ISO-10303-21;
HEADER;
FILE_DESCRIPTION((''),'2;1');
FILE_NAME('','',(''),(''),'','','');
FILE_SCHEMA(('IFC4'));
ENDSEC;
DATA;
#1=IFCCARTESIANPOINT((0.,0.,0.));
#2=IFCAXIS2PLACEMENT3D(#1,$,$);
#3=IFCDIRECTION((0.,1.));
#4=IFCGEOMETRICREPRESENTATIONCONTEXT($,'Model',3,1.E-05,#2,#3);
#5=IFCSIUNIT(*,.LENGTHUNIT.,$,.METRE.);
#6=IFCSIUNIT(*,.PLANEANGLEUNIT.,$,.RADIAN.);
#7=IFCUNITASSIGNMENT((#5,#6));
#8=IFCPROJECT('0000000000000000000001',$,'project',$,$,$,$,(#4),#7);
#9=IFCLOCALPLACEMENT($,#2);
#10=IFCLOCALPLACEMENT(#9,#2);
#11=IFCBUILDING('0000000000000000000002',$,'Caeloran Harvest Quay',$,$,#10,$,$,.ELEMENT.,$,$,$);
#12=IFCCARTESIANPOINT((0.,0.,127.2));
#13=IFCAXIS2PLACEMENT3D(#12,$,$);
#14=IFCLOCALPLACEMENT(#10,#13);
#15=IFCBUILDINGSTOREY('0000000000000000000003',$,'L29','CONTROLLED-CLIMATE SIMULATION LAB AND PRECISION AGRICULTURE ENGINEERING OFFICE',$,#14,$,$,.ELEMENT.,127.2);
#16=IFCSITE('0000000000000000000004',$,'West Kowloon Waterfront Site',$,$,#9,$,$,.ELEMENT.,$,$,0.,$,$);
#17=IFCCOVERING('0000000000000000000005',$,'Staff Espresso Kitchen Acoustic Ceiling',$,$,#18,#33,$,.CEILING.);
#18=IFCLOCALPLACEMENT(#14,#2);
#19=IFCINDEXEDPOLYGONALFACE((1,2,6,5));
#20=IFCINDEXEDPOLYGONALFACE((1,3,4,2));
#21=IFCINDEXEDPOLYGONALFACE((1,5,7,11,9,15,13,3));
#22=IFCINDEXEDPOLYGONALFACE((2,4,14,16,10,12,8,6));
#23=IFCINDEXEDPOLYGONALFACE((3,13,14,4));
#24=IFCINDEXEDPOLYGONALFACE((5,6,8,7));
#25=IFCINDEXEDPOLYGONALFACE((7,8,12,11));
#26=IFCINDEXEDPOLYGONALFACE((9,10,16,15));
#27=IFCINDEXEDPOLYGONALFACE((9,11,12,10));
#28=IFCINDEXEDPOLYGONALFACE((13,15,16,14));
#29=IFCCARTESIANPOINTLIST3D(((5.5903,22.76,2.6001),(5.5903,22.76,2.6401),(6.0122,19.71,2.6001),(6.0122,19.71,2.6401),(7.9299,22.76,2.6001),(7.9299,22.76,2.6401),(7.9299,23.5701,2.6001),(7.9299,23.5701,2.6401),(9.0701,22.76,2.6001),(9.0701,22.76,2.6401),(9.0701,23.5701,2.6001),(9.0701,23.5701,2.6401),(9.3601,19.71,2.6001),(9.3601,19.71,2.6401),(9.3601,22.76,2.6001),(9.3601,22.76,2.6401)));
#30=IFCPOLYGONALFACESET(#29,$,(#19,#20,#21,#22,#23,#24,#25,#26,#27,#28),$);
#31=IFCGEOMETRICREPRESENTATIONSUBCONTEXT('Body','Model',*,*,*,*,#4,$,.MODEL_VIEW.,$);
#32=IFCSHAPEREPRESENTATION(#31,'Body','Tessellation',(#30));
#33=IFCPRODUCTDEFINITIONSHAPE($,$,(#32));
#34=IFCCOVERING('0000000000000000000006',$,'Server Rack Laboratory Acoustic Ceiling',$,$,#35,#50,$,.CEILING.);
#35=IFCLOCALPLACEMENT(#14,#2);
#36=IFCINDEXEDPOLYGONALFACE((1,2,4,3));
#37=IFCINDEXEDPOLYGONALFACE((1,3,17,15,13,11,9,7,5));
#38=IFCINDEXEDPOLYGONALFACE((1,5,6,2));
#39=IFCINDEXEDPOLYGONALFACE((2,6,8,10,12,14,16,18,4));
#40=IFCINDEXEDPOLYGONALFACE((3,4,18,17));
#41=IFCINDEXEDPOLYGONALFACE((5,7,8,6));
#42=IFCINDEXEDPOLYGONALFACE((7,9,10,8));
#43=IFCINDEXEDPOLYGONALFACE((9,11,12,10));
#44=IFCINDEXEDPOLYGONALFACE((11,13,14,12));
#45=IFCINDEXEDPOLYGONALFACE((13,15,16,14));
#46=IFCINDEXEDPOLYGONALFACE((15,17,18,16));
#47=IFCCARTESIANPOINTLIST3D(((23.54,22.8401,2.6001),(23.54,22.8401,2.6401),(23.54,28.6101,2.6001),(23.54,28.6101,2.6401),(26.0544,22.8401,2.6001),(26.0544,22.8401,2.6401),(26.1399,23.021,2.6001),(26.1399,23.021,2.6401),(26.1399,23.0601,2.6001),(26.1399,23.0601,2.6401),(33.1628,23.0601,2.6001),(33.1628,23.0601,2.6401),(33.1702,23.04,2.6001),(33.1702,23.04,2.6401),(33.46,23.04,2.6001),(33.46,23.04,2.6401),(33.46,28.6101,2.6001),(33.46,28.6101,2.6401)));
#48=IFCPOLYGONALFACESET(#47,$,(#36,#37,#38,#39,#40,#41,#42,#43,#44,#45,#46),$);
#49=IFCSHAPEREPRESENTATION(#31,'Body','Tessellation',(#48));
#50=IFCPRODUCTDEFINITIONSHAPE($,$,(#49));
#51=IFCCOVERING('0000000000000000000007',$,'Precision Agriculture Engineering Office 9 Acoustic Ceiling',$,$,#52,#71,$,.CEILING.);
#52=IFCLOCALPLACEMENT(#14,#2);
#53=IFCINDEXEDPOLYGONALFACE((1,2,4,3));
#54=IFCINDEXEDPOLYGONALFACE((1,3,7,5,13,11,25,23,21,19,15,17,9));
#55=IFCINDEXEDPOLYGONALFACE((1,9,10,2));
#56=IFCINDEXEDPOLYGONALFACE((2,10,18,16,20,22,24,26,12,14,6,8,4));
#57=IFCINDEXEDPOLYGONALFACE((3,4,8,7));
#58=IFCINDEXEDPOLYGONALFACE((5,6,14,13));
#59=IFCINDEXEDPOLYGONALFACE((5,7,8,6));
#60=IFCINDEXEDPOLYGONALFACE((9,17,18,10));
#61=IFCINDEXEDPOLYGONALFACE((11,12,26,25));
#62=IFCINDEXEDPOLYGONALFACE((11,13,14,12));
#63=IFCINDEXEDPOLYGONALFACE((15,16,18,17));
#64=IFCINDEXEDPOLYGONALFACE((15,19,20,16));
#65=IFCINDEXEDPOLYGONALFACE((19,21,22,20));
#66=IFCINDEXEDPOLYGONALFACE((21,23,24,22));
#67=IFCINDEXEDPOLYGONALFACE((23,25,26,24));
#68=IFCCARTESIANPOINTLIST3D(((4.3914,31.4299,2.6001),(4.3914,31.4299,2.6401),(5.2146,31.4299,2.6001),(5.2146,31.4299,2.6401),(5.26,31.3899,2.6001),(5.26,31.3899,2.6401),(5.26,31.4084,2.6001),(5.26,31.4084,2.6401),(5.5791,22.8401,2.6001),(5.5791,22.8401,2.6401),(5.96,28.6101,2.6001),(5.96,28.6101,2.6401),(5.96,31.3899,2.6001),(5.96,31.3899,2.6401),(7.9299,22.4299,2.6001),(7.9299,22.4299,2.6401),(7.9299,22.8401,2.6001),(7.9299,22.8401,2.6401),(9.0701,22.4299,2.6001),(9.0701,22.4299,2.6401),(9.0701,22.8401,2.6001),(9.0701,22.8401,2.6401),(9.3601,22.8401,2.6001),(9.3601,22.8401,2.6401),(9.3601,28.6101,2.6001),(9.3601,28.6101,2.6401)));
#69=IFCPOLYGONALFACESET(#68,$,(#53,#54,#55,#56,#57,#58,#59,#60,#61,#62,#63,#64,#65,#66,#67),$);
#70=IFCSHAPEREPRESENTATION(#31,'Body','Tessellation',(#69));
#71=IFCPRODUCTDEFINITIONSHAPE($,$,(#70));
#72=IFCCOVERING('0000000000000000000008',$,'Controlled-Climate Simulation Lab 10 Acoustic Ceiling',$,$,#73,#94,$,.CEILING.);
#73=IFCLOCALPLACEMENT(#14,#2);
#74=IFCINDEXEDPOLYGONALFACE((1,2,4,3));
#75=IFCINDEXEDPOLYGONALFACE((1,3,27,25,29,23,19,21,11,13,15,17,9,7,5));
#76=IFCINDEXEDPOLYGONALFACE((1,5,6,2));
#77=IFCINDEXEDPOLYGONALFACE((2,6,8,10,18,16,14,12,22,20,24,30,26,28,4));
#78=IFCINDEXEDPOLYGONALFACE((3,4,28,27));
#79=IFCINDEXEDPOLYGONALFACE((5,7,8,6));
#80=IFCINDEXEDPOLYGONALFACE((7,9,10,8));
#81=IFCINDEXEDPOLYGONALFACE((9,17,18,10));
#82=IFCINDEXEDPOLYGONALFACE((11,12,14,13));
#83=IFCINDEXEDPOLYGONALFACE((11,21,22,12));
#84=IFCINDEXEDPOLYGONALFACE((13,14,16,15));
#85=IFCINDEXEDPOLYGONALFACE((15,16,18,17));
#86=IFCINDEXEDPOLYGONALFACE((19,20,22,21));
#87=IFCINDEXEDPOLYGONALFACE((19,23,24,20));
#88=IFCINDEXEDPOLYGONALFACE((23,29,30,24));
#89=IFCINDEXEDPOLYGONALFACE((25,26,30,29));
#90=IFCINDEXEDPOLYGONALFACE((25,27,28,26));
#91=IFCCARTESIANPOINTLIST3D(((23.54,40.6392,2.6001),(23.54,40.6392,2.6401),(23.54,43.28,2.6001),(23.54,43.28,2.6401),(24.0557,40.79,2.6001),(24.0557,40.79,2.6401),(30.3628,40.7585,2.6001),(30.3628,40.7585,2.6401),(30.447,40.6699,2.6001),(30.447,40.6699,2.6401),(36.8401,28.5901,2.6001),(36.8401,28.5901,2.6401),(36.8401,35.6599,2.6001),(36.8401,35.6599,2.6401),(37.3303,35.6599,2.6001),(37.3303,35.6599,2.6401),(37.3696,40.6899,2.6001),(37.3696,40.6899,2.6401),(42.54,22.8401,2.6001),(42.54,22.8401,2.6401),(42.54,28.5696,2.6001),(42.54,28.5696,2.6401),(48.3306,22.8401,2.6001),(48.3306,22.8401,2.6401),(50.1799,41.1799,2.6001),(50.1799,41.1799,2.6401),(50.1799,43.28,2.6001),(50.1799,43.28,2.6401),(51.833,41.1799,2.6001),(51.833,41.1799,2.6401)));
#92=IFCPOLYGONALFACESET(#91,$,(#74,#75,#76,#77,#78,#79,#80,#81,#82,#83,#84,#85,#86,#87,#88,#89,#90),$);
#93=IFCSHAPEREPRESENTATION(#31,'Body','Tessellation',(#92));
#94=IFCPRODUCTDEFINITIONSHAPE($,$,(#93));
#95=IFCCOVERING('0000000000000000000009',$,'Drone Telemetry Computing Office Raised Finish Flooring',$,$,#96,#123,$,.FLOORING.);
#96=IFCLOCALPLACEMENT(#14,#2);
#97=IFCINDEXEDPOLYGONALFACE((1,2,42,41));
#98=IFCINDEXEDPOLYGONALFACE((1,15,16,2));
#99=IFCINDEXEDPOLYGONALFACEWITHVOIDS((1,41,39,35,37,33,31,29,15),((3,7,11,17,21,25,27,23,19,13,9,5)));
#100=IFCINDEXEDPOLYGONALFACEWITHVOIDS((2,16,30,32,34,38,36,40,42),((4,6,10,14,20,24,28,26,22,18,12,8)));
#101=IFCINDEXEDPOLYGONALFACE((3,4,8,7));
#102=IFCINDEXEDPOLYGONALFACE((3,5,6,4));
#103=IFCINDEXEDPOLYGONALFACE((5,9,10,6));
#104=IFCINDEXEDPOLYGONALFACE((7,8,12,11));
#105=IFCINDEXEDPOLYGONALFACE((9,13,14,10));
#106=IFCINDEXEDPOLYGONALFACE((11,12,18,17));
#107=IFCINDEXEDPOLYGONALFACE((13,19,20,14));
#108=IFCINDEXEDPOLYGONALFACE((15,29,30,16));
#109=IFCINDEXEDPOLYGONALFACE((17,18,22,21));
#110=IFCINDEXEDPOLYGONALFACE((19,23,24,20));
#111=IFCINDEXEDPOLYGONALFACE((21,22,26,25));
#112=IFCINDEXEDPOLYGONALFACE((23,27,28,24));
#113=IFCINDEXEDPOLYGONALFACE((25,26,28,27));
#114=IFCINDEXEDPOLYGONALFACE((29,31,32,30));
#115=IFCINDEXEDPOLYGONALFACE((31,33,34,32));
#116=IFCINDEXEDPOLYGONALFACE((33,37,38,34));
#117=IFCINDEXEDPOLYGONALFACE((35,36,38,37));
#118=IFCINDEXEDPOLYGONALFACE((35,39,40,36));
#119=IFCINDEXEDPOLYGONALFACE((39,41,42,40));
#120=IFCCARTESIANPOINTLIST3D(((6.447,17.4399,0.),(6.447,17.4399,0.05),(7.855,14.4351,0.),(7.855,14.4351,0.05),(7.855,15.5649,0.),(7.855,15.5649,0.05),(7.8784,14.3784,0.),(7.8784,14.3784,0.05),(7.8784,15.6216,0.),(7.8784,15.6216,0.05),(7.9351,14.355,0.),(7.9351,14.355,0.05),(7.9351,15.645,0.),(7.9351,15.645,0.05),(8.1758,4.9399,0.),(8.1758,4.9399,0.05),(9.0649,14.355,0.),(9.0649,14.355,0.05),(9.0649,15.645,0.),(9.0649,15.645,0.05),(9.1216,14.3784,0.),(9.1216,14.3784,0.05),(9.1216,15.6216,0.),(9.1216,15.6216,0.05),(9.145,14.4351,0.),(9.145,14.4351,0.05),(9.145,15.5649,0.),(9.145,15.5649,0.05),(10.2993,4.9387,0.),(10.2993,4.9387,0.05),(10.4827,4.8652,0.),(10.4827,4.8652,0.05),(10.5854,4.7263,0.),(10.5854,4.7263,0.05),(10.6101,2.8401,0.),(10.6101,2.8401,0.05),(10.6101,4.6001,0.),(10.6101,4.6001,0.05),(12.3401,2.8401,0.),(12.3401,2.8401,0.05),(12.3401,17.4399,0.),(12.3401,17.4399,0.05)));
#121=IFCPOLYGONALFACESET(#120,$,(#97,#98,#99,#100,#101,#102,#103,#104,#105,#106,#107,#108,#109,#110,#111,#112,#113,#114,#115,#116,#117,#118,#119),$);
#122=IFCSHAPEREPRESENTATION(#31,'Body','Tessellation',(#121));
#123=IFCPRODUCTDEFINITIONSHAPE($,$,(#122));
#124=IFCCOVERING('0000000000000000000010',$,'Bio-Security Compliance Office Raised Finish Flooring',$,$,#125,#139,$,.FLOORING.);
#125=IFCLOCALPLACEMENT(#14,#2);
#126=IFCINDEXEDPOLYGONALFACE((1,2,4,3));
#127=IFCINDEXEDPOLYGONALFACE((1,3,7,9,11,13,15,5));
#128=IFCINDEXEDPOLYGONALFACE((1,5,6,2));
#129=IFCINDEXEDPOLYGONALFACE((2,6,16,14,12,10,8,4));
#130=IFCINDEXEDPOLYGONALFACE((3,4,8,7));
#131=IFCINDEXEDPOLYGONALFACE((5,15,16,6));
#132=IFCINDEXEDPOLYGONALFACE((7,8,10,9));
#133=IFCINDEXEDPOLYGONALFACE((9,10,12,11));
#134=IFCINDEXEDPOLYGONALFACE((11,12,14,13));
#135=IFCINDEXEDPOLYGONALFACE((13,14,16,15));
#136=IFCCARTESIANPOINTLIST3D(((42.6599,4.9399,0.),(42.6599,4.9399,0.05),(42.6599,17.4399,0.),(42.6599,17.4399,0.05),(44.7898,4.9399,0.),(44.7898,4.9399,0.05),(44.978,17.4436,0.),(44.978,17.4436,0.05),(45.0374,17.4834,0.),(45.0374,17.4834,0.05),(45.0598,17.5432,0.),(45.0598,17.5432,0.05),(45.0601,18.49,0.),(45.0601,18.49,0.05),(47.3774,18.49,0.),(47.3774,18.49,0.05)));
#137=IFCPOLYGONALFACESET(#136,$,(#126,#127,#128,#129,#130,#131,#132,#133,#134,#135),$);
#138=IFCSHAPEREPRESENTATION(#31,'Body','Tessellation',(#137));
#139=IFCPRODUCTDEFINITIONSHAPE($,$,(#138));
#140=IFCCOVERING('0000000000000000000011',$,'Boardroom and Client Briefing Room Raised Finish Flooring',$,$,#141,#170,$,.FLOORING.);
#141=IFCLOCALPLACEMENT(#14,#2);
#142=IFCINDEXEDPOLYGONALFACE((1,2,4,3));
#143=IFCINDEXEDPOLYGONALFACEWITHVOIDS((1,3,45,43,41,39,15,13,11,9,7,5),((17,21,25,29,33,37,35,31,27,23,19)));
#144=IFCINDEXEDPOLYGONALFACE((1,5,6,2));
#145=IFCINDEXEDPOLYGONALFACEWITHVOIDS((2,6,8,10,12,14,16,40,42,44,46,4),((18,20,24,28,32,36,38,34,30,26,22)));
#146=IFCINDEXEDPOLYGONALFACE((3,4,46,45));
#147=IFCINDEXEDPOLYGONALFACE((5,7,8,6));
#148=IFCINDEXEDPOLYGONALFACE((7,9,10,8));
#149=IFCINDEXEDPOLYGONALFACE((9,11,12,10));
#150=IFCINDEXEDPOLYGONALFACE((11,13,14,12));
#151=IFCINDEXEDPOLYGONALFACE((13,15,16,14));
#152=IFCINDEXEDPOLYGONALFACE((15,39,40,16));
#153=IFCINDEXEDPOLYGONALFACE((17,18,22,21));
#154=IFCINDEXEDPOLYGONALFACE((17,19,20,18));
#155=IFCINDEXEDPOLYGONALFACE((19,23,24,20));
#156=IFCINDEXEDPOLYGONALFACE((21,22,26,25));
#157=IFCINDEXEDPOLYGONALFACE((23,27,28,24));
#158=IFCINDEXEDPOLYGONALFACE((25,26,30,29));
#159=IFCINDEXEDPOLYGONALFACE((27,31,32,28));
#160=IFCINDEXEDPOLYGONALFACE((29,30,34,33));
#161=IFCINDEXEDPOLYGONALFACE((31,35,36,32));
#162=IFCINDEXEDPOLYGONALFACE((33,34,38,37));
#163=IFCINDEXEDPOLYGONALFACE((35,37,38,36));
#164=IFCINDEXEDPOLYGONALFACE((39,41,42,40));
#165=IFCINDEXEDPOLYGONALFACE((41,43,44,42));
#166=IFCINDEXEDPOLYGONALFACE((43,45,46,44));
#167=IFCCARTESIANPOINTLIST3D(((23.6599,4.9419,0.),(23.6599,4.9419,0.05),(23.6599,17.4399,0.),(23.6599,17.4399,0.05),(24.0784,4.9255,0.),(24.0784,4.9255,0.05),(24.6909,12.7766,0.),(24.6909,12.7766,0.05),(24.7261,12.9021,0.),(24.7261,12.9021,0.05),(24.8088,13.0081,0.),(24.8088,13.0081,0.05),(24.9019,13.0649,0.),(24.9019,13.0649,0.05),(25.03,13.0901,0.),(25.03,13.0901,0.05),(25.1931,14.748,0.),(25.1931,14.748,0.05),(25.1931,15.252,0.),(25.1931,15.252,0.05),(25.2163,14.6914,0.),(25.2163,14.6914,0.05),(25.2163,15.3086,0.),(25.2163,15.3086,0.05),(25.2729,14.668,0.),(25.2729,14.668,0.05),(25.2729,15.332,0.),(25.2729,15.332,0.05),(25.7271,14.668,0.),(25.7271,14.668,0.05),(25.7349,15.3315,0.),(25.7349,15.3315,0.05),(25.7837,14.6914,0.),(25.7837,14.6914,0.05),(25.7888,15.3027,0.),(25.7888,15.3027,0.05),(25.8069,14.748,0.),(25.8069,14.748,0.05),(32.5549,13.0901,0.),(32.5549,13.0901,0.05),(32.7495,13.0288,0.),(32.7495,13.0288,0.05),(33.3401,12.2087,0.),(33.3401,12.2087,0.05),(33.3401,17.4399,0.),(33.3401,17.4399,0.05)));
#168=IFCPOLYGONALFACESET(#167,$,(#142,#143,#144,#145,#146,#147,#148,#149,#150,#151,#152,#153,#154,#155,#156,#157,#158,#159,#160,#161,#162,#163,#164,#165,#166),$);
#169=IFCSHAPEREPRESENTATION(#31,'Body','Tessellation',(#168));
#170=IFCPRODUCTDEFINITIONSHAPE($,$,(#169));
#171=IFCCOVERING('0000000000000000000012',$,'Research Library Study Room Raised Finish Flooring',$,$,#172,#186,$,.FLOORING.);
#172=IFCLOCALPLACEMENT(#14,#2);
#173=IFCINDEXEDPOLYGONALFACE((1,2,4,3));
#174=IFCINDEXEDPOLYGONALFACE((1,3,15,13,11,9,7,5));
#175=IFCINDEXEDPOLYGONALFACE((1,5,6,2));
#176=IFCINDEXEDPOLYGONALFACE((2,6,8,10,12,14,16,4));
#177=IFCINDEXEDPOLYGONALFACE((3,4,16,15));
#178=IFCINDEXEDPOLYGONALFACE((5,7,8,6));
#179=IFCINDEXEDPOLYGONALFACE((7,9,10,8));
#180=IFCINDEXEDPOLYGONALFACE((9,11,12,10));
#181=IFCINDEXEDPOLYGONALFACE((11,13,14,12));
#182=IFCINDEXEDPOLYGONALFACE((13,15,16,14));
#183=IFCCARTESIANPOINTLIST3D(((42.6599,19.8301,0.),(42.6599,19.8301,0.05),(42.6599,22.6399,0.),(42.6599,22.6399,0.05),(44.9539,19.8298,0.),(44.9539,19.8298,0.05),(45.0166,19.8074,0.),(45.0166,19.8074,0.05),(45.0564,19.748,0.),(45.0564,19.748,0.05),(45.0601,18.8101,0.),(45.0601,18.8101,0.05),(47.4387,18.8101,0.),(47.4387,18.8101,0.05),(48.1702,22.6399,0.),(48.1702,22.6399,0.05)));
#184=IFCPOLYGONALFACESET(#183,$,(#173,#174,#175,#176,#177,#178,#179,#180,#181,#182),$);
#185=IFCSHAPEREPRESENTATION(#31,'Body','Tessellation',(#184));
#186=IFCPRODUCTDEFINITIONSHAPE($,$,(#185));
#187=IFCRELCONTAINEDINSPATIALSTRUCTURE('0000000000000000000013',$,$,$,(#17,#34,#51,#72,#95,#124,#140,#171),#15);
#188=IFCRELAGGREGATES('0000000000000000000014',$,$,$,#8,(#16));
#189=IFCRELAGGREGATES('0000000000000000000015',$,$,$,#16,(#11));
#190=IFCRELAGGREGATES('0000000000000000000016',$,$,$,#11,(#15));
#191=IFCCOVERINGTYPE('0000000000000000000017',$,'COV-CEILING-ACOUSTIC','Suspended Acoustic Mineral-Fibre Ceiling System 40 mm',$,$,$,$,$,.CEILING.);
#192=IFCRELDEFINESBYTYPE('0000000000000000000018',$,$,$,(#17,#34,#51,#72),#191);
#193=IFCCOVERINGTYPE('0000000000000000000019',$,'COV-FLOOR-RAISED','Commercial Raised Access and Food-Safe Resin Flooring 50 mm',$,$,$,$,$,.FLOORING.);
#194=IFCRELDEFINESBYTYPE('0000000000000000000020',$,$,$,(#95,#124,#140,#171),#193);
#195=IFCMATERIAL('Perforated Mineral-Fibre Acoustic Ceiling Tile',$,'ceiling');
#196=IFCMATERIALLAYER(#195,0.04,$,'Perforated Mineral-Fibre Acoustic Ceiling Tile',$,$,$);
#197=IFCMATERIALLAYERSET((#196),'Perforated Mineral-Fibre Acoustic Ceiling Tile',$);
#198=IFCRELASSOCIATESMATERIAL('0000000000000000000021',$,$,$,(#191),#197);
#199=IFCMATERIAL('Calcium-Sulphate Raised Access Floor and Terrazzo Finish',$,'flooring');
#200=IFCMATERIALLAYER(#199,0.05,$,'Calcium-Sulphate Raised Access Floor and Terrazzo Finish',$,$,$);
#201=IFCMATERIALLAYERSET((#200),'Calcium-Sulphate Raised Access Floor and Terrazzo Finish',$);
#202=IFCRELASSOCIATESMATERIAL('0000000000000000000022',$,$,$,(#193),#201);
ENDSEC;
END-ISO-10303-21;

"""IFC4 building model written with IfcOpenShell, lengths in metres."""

from ifc_helpers import new_model, si_unit, direction, frame, origin, place, context, subcontext, project, spatial, polyline, outline, extrude, material, layer, layer_set, type_object, element, save


model = new_model("IFC4")

# Units and contexts
model_context = context("Model", 3, precision=1e-05, world=origin(), true_north=direction((0.0, 1.0)))
body_context = subcontext(model_context, "Body", "Model", "MODEL_VIEW")
ifc_project = project(units=[si_unit("LENGTHUNIT", "METRE"), si_unit("PLANEANGLEUNIT", "RADIAN")], contexts=[model_context])

# Site, building, storey
site_placement = place(None, origin())
site = spatial("IfcSite", under=ifc_project, at=site_placement, Name="West Kowloon Waterfront Site", CompositionType="ELEMENT", RefElevation=0.0)
building_placement = place(site_placement, origin())
building = spatial("IfcBuilding", under=site, at=building_placement, Name="Caeloran Harvest Quay", CompositionType="ELEMENT")
storey_placement = place(building_placement, frame((0.0, 0.0, 127.2)))
storey = spatial("IfcBuildingStorey", under=building, at=storey_placement, Name="L29", Description="CONTROLLED-CLIMATE SIMULATION LAB AND PRECISION AGRICULTURE ENGINEERING OFFICE", CompositionType="ELEMENT", Elevation=127.2)

# Coverings
ifc_material_1 = material(Name="Perforated Mineral-Fibre Acoustic Ceiling Tile", Category="ceiling")
ifc_layer_1 = layer(ifc_material_1, 0.04, Name="Perforated Mineral-Fibre Acoustic Ceiling Tile")
ifc_layer_set_1 = layer_set([ifc_layer_1], Name="Perforated Mineral-Fibre Acoustic Ceiling Tile")
covering_type_1 = type_object("IfcCoveringType", Name="COV-CEILING-ACOUSTIC", Description="Suspended Acoustic Mineral-Fibre Ceiling System 40 mm", PredefinedType="CEILING", material=ifc_layer_set_1)
covering_1_placement = place(storey_placement, frame((0.0, 0.0, 2.6001)))
element("IfcCovering", 1, at=covering_1_placement, inside=storey, type_object=covering_type_1, Name="Staff Espresso Kitchen Acoustic Ceiling", PredefinedType="CEILING", context=body_context, shape_type="SweptSolid", body=[
    extrude(outline(polyline([(9.3601, 22.76), (9.3601, 19.71), (6.0122, 19.71), (5.5903, 22.76), (7.9299, 22.76), (7.9299, 23.5701), (9.0701, 23.5701), (9.0701, 22.76), (9.3601, 22.76)])), origin(), (0.0, 0.0, 1.0), 0.04),
])
covering_2_placement = place(storey_placement, frame((0.0, 0.0, 2.6001)))
element("IfcCovering", 2, at=covering_2_placement, inside=storey, type_object=covering_type_1, Name="Server Rack Laboratory Acoustic Ceiling", PredefinedType="CEILING", context=body_context, shape_type="SweptSolid", body=[
    extrude(outline(polyline([(26.1399, 23.0601), (26.1399, 23.021), (26.0544, 22.8401), (23.54, 22.8401), (23.54, 28.6101), (33.46, 28.6101), (33.46, 23.04), (33.1702, 23.04), (33.1628, 23.0601), (26.1399, 23.0601)])), origin(), (0.0, 0.0, 1.0), 0.04),
])
covering_3_placement = place(storey_placement, frame((0.0, 0.0, 2.6001)))
element("IfcCovering", 3, at=covering_3_placement, inside=storey, type_object=covering_type_1, Name="Precision Agriculture Engineering Office 9 Acoustic Ceiling", PredefinedType="CEILING", context=body_context, shape_type="SweptSolid", body=[
    extrude(outline(polyline([(9.0701, 22.4299), (7.9299, 22.4299), (7.9299, 22.8401), (5.5791, 22.8401), (4.3914, 31.4299), (5.2146, 31.4299), (5.26, 31.4084), (5.26, 31.3899), (5.96, 31.3899), (5.96, 28.6101), (9.3601, 28.6101), (9.3601, 22.8401), (9.0701, 22.8401), (9.0701, 22.4299)])), origin(), (0.0, 0.0, 1.0), 0.04),
])
covering_4_placement = place(storey_placement, frame((0.0, 0.0, 2.6001)))
element("IfcCovering", 4, at=covering_4_placement, inside=storey, type_object=covering_type_1, Name="Controlled-Climate Simulation Lab 10 Acoustic Ceiling", PredefinedType="CEILING", context=body_context, shape_type="SweptSolid", body=[
    extrude(outline(polyline([(50.1799, 43.28), (50.1799, 41.1799), (51.833, 41.1799), (48.3306, 22.8401), (42.54, 22.8401), (42.54, 28.5696), (36.8401, 28.5901), (36.8401, 35.6599), (37.3303, 35.6599), (37.3696, 40.6899), (30.447, 40.6699), (30.3628, 40.7585), (24.0557, 40.79), (23.54, 40.6392), (23.54, 43.28), (50.1799, 43.28)])), origin(), (0.0, 0.0, 1.0), 0.04),
])
ifc_material_2 = material(Name="Calcium-Sulphate Raised Access Floor and Terrazzo Finish", Category="flooring")
ifc_layer_2 = layer(ifc_material_2, 0.05, Name="Calcium-Sulphate Raised Access Floor and Terrazzo Finish")
ifc_layer_set_2 = layer_set([ifc_layer_2], Name="Calcium-Sulphate Raised Access Floor and Terrazzo Finish")
covering_type_2 = type_object("IfcCoveringType", Name="COV-FLOOR-RAISED", Description="Commercial Raised Access and Food-Safe Resin Flooring 50 mm", PredefinedType="FLOORING", material=ifc_layer_set_2)
covering_5_placement = place(storey_placement, origin())
element("IfcCovering", 5, at=covering_5_placement, inside=storey, type_object=covering_type_2, Name="Drone Telemetry Computing Office Raised Finish Flooring", PredefinedType="FLOORING", context=body_context, shape_type="SweptSolid", body=[
    extrude(outline(polyline([(10.5854, 4.7263), (10.4827, 4.8652), (10.2993, 4.9387), (8.1758, 4.9399), (6.447, 17.4399), (12.3401, 17.4399), (12.3401, 2.8401), (10.6101, 2.8401), (10.6101, 4.6001), (10.5854, 4.7263)]), holes=[polyline([(7.9351, 15.645), (7.8784, 15.6216), (7.855, 15.5649), (7.855, 14.4351), (7.8784, 14.3784), (7.9351, 14.355), (9.0649, 14.355), (9.1216, 14.3784), (9.145, 14.4351), (9.145, 15.5649), (9.1216, 15.6216), (9.0649, 15.645), (7.9351, 15.645)])]), origin(), (0.0, 0.0, 1.0), 0.05),
])
covering_6_placement = place(storey_placement, origin())
element("IfcCovering", 6, at=covering_6_placement, inside=storey, type_object=covering_type_2, Name="Bio-Security Compliance Office Raised Finish Flooring", PredefinedType="FLOORING", context=body_context, shape_type="SweptSolid", body=[
    extrude(outline(polyline([(44.978, 17.4436), (45.0374, 17.4834), (45.0598, 17.5432), (45.0601, 18.49), (47.3774, 18.49), (44.7898, 4.9399), (42.6599, 4.9399), (42.6599, 17.4399), (44.978, 17.4436)])), origin(), (0.0, 0.0, 1.0), 0.05),
])
covering_7_placement = place(storey_placement, origin())
element("IfcCovering", 7, at=covering_7_placement, inside=storey, type_object=covering_type_2, Name="Boardroom and Client Briefing Room Raised Finish Flooring", PredefinedType="FLOORING", context=body_context, shape_type="SweptSolid", body=[
    extrude(outline(polyline([(33.3401, 12.2087), (32.7495, 13.0288), (32.5549, 13.0901), (25.03, 13.0901), (24.9019, 13.0649), (24.8088, 13.0081), (24.7261, 12.9021), (24.6909, 12.7766), (24.0784, 4.9255), (23.6599, 4.9419), (23.6599, 17.4399), (33.3401, 17.4399), (33.3401, 12.2087)]), holes=[polyline([(25.8069, 14.748), (25.7888, 15.3027), (25.7349, 15.3315), (25.2729, 15.332), (25.2163, 15.3086), (25.1931, 15.252), (25.1931, 14.748), (25.2163, 14.6914), (25.2729, 14.668), (25.7271, 14.668), (25.7837, 14.6914), (25.8069, 14.748)])]), origin(), (0.0, 0.0, 1.0), 0.05),
])
covering_8_placement = place(storey_placement, origin())
element("IfcCovering", 8, at=covering_8_placement, inside=storey, type_object=covering_type_2, Name="Research Library Study Room Raised Finish Flooring", PredefinedType="FLOORING", context=body_context, shape_type="SweptSolid", body=[
    extrude(outline(polyline([(45.0564, 19.748), (45.0166, 19.8074), (44.9539, 19.8298), (42.6599, 19.8301), (42.6599, 22.6399), (48.1702, 22.6399), (47.4387, 18.8101), (45.0601, 18.8101), (45.0564, 19.748)])), origin(), (0.0, 0.0, 1.0), 0.05),
])

save(model, "model.ifc")
